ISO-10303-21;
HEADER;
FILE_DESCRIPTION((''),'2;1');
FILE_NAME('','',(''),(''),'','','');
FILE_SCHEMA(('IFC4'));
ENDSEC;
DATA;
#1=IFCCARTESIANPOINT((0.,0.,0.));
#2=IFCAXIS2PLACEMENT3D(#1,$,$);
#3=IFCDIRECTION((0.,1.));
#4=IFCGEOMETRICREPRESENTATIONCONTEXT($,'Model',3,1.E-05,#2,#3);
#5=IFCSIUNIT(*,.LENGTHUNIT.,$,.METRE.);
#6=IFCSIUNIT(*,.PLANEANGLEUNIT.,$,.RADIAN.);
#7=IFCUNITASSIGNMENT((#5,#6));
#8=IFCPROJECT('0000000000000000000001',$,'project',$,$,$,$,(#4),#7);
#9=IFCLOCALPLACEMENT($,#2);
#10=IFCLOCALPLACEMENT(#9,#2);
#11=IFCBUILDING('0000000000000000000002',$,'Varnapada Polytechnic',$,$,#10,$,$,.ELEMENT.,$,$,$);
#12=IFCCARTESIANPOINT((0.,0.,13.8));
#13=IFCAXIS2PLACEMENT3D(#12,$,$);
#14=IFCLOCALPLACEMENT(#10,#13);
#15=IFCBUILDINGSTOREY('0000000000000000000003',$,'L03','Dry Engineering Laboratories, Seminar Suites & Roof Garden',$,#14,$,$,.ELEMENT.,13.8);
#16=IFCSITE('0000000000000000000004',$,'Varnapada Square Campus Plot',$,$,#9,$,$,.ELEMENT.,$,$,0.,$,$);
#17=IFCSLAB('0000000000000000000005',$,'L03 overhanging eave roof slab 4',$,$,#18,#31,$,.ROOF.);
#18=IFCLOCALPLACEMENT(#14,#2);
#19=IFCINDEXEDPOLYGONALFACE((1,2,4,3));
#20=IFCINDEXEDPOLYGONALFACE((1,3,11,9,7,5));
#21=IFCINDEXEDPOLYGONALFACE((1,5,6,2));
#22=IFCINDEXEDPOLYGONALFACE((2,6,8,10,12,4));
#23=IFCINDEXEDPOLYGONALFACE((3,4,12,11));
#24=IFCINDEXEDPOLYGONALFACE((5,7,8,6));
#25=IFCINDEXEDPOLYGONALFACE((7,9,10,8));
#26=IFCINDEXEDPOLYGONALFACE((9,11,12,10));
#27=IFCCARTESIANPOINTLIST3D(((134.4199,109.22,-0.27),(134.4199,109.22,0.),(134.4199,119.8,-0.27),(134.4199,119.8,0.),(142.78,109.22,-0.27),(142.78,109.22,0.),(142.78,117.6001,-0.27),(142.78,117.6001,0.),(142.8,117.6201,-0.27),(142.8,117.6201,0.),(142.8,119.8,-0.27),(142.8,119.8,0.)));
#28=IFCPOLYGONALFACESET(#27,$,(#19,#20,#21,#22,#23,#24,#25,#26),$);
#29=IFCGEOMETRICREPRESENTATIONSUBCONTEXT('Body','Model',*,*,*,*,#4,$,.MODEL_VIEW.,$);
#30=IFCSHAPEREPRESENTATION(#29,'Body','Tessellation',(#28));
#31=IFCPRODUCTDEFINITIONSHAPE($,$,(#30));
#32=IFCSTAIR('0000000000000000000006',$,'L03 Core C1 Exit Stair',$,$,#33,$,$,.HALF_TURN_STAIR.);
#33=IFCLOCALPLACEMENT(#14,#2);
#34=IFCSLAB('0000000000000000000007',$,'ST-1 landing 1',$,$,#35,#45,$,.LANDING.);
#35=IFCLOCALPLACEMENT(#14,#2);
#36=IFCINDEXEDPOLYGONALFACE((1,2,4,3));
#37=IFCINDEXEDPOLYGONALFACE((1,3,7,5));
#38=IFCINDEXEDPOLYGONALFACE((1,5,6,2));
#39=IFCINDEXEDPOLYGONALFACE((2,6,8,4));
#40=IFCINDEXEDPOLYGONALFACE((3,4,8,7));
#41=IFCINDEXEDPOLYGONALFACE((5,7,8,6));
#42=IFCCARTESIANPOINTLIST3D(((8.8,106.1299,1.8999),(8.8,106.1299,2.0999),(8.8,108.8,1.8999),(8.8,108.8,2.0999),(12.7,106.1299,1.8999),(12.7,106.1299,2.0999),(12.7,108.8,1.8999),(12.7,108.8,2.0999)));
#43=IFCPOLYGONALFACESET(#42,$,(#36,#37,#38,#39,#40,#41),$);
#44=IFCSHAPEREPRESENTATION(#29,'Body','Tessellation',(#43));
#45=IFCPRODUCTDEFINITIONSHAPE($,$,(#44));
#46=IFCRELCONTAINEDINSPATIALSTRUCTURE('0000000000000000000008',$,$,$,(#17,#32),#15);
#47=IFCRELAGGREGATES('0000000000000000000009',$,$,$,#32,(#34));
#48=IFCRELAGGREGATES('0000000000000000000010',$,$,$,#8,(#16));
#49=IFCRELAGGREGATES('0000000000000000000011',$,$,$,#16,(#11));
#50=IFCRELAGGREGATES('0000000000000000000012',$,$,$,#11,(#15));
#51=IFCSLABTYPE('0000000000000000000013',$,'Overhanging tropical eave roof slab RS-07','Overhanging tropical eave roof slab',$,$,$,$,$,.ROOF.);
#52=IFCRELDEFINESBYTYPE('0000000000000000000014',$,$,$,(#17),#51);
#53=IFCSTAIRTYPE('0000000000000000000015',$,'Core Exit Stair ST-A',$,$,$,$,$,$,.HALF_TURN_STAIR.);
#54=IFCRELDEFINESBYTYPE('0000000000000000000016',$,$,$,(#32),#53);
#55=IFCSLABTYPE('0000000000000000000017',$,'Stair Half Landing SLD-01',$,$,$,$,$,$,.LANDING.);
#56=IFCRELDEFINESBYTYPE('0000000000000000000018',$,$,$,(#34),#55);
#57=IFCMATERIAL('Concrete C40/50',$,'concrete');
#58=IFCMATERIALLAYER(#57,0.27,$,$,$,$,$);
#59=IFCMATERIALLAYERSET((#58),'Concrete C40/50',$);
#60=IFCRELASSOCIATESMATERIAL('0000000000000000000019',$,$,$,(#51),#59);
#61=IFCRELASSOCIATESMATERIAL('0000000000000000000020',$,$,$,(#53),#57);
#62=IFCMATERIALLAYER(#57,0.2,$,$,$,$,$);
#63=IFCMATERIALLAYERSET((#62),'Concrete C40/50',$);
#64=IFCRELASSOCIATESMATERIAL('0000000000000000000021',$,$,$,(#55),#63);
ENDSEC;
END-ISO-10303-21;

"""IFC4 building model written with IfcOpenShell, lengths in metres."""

from ifc_helpers import new_model, si_unit, direction, frame, origin, place, context, subcontext, project, spatial, polyline, outline, extrude, material, layer, layer_set, type_object, element, aggregate, save


model = new_model("IFC4")

# Units and contexts
model_context = context("Model", 3, precision=1e-05, world=origin(), true_north=direction((0.0, 1.0)))
body_context = subcontext(model_context, "Body", "Model", "MODEL_VIEW")
ifc_project = project(units=[si_unit("LENGTHUNIT", "METRE"), si_unit("PLANEANGLEUNIT", "RADIAN")], contexts=[model_context])

# Site, building, storey
site_placement = place(None, origin())
site = spatial("IfcSite", under=ifc_project, at=site_placement, Name="Varnapada Square Campus Plot", CompositionType="ELEMENT", RefElevation=0.0)
building_placement = place(site_placement, origin())
building = spatial("IfcBuilding", under=site, at=building_placement, Name="Varnapada Polytechnic", CompositionType="ELEMENT")
storey_placement = place(building_placement, frame((0.0, 0.0, 13.8)))
storey = spatial("IfcBuildingStorey", under=building, at=storey_placement, Name="L03", Description="Dry Engineering Laboratories, Seminar Suites & Roof Garden", CompositionType="ELEMENT", Elevation=13.8)

# Slab
ifc_material_1 = material(Name="Concrete C40/50", Category="concrete")
ifc_layer_1 = layer(ifc_material_1, 0.27)
ifc_layer_set_1 = layer_set([ifc_layer_1], Name="Concrete C40/50")
slab_type_1 = type_object("IfcSlabType", Name="Overhanging tropical eave roof slab RS-07", Description="Overhanging tropical eave roof slab", PredefinedType="ROOF", material=ifc_layer_set_1)
slab_1_placement = place(storey_placement, frame((0.0, 0.0, -0.27)))
element("IfcSlab", 1, at=slab_1_placement, inside=storey, type_object=slab_type_1, Name="L03 overhanging eave roof slab 4", PredefinedType="ROOF", context=body_context, shape_type="SweptSolid", body=[
    extrude(outline(polyline([(142.8, 119.8), (142.8, 117.6201), (142.78, 117.6001), (142.78, 109.22), (134.4199, 109.22), (134.4199, 119.8), (142.8, 119.8)])), origin(), (0.0, 0.0, 1.0), 0.27),
])

# Stair, slab
stair_type = type_object("IfcStairType", Name="Core Exit Stair ST-A", PredefinedType="HALF_TURN_STAIR", material=ifc_material_1)
stair_placement = place(storey_placement, origin())
stair = element("IfcStair", 2, at=stair_placement, inside=storey, type_object=stair_type, Name="L03 Core C1 Exit Stair", PredefinedType="HALF_TURN_STAIR")
ifc_layer_2 = layer(ifc_material_1, 0.2)
ifc_layer_set_2 = layer_set([ifc_layer_2], Name="Concrete C40/50")
slab_type_2 = type_object("IfcSlabType", Name="Stair Half Landing SLD-01", PredefinedType="LANDING", material=ifc_layer_set_2)
slab_2_placement = place(storey_placement, frame((0.0, 0.0, 1.8999)))
slab_2 = element("IfcSlab", 3, at=slab_2_placement, type_object=slab_type_2, Name="ST-1 landing 1", PredefinedType="LANDING", context=body_context, shape_type="SweptSolid", body=[
    extrude(outline(polyline([(12.7, 106.1299), (12.7, 108.8), (8.8, 108.8), (8.8, 106.1299), (12.7, 106.1299)])), origin(), (0.0, 0.0, 1.0), 0.2),
])
aggregate(stair, [slab_2])

save(model, "model.ifc")
